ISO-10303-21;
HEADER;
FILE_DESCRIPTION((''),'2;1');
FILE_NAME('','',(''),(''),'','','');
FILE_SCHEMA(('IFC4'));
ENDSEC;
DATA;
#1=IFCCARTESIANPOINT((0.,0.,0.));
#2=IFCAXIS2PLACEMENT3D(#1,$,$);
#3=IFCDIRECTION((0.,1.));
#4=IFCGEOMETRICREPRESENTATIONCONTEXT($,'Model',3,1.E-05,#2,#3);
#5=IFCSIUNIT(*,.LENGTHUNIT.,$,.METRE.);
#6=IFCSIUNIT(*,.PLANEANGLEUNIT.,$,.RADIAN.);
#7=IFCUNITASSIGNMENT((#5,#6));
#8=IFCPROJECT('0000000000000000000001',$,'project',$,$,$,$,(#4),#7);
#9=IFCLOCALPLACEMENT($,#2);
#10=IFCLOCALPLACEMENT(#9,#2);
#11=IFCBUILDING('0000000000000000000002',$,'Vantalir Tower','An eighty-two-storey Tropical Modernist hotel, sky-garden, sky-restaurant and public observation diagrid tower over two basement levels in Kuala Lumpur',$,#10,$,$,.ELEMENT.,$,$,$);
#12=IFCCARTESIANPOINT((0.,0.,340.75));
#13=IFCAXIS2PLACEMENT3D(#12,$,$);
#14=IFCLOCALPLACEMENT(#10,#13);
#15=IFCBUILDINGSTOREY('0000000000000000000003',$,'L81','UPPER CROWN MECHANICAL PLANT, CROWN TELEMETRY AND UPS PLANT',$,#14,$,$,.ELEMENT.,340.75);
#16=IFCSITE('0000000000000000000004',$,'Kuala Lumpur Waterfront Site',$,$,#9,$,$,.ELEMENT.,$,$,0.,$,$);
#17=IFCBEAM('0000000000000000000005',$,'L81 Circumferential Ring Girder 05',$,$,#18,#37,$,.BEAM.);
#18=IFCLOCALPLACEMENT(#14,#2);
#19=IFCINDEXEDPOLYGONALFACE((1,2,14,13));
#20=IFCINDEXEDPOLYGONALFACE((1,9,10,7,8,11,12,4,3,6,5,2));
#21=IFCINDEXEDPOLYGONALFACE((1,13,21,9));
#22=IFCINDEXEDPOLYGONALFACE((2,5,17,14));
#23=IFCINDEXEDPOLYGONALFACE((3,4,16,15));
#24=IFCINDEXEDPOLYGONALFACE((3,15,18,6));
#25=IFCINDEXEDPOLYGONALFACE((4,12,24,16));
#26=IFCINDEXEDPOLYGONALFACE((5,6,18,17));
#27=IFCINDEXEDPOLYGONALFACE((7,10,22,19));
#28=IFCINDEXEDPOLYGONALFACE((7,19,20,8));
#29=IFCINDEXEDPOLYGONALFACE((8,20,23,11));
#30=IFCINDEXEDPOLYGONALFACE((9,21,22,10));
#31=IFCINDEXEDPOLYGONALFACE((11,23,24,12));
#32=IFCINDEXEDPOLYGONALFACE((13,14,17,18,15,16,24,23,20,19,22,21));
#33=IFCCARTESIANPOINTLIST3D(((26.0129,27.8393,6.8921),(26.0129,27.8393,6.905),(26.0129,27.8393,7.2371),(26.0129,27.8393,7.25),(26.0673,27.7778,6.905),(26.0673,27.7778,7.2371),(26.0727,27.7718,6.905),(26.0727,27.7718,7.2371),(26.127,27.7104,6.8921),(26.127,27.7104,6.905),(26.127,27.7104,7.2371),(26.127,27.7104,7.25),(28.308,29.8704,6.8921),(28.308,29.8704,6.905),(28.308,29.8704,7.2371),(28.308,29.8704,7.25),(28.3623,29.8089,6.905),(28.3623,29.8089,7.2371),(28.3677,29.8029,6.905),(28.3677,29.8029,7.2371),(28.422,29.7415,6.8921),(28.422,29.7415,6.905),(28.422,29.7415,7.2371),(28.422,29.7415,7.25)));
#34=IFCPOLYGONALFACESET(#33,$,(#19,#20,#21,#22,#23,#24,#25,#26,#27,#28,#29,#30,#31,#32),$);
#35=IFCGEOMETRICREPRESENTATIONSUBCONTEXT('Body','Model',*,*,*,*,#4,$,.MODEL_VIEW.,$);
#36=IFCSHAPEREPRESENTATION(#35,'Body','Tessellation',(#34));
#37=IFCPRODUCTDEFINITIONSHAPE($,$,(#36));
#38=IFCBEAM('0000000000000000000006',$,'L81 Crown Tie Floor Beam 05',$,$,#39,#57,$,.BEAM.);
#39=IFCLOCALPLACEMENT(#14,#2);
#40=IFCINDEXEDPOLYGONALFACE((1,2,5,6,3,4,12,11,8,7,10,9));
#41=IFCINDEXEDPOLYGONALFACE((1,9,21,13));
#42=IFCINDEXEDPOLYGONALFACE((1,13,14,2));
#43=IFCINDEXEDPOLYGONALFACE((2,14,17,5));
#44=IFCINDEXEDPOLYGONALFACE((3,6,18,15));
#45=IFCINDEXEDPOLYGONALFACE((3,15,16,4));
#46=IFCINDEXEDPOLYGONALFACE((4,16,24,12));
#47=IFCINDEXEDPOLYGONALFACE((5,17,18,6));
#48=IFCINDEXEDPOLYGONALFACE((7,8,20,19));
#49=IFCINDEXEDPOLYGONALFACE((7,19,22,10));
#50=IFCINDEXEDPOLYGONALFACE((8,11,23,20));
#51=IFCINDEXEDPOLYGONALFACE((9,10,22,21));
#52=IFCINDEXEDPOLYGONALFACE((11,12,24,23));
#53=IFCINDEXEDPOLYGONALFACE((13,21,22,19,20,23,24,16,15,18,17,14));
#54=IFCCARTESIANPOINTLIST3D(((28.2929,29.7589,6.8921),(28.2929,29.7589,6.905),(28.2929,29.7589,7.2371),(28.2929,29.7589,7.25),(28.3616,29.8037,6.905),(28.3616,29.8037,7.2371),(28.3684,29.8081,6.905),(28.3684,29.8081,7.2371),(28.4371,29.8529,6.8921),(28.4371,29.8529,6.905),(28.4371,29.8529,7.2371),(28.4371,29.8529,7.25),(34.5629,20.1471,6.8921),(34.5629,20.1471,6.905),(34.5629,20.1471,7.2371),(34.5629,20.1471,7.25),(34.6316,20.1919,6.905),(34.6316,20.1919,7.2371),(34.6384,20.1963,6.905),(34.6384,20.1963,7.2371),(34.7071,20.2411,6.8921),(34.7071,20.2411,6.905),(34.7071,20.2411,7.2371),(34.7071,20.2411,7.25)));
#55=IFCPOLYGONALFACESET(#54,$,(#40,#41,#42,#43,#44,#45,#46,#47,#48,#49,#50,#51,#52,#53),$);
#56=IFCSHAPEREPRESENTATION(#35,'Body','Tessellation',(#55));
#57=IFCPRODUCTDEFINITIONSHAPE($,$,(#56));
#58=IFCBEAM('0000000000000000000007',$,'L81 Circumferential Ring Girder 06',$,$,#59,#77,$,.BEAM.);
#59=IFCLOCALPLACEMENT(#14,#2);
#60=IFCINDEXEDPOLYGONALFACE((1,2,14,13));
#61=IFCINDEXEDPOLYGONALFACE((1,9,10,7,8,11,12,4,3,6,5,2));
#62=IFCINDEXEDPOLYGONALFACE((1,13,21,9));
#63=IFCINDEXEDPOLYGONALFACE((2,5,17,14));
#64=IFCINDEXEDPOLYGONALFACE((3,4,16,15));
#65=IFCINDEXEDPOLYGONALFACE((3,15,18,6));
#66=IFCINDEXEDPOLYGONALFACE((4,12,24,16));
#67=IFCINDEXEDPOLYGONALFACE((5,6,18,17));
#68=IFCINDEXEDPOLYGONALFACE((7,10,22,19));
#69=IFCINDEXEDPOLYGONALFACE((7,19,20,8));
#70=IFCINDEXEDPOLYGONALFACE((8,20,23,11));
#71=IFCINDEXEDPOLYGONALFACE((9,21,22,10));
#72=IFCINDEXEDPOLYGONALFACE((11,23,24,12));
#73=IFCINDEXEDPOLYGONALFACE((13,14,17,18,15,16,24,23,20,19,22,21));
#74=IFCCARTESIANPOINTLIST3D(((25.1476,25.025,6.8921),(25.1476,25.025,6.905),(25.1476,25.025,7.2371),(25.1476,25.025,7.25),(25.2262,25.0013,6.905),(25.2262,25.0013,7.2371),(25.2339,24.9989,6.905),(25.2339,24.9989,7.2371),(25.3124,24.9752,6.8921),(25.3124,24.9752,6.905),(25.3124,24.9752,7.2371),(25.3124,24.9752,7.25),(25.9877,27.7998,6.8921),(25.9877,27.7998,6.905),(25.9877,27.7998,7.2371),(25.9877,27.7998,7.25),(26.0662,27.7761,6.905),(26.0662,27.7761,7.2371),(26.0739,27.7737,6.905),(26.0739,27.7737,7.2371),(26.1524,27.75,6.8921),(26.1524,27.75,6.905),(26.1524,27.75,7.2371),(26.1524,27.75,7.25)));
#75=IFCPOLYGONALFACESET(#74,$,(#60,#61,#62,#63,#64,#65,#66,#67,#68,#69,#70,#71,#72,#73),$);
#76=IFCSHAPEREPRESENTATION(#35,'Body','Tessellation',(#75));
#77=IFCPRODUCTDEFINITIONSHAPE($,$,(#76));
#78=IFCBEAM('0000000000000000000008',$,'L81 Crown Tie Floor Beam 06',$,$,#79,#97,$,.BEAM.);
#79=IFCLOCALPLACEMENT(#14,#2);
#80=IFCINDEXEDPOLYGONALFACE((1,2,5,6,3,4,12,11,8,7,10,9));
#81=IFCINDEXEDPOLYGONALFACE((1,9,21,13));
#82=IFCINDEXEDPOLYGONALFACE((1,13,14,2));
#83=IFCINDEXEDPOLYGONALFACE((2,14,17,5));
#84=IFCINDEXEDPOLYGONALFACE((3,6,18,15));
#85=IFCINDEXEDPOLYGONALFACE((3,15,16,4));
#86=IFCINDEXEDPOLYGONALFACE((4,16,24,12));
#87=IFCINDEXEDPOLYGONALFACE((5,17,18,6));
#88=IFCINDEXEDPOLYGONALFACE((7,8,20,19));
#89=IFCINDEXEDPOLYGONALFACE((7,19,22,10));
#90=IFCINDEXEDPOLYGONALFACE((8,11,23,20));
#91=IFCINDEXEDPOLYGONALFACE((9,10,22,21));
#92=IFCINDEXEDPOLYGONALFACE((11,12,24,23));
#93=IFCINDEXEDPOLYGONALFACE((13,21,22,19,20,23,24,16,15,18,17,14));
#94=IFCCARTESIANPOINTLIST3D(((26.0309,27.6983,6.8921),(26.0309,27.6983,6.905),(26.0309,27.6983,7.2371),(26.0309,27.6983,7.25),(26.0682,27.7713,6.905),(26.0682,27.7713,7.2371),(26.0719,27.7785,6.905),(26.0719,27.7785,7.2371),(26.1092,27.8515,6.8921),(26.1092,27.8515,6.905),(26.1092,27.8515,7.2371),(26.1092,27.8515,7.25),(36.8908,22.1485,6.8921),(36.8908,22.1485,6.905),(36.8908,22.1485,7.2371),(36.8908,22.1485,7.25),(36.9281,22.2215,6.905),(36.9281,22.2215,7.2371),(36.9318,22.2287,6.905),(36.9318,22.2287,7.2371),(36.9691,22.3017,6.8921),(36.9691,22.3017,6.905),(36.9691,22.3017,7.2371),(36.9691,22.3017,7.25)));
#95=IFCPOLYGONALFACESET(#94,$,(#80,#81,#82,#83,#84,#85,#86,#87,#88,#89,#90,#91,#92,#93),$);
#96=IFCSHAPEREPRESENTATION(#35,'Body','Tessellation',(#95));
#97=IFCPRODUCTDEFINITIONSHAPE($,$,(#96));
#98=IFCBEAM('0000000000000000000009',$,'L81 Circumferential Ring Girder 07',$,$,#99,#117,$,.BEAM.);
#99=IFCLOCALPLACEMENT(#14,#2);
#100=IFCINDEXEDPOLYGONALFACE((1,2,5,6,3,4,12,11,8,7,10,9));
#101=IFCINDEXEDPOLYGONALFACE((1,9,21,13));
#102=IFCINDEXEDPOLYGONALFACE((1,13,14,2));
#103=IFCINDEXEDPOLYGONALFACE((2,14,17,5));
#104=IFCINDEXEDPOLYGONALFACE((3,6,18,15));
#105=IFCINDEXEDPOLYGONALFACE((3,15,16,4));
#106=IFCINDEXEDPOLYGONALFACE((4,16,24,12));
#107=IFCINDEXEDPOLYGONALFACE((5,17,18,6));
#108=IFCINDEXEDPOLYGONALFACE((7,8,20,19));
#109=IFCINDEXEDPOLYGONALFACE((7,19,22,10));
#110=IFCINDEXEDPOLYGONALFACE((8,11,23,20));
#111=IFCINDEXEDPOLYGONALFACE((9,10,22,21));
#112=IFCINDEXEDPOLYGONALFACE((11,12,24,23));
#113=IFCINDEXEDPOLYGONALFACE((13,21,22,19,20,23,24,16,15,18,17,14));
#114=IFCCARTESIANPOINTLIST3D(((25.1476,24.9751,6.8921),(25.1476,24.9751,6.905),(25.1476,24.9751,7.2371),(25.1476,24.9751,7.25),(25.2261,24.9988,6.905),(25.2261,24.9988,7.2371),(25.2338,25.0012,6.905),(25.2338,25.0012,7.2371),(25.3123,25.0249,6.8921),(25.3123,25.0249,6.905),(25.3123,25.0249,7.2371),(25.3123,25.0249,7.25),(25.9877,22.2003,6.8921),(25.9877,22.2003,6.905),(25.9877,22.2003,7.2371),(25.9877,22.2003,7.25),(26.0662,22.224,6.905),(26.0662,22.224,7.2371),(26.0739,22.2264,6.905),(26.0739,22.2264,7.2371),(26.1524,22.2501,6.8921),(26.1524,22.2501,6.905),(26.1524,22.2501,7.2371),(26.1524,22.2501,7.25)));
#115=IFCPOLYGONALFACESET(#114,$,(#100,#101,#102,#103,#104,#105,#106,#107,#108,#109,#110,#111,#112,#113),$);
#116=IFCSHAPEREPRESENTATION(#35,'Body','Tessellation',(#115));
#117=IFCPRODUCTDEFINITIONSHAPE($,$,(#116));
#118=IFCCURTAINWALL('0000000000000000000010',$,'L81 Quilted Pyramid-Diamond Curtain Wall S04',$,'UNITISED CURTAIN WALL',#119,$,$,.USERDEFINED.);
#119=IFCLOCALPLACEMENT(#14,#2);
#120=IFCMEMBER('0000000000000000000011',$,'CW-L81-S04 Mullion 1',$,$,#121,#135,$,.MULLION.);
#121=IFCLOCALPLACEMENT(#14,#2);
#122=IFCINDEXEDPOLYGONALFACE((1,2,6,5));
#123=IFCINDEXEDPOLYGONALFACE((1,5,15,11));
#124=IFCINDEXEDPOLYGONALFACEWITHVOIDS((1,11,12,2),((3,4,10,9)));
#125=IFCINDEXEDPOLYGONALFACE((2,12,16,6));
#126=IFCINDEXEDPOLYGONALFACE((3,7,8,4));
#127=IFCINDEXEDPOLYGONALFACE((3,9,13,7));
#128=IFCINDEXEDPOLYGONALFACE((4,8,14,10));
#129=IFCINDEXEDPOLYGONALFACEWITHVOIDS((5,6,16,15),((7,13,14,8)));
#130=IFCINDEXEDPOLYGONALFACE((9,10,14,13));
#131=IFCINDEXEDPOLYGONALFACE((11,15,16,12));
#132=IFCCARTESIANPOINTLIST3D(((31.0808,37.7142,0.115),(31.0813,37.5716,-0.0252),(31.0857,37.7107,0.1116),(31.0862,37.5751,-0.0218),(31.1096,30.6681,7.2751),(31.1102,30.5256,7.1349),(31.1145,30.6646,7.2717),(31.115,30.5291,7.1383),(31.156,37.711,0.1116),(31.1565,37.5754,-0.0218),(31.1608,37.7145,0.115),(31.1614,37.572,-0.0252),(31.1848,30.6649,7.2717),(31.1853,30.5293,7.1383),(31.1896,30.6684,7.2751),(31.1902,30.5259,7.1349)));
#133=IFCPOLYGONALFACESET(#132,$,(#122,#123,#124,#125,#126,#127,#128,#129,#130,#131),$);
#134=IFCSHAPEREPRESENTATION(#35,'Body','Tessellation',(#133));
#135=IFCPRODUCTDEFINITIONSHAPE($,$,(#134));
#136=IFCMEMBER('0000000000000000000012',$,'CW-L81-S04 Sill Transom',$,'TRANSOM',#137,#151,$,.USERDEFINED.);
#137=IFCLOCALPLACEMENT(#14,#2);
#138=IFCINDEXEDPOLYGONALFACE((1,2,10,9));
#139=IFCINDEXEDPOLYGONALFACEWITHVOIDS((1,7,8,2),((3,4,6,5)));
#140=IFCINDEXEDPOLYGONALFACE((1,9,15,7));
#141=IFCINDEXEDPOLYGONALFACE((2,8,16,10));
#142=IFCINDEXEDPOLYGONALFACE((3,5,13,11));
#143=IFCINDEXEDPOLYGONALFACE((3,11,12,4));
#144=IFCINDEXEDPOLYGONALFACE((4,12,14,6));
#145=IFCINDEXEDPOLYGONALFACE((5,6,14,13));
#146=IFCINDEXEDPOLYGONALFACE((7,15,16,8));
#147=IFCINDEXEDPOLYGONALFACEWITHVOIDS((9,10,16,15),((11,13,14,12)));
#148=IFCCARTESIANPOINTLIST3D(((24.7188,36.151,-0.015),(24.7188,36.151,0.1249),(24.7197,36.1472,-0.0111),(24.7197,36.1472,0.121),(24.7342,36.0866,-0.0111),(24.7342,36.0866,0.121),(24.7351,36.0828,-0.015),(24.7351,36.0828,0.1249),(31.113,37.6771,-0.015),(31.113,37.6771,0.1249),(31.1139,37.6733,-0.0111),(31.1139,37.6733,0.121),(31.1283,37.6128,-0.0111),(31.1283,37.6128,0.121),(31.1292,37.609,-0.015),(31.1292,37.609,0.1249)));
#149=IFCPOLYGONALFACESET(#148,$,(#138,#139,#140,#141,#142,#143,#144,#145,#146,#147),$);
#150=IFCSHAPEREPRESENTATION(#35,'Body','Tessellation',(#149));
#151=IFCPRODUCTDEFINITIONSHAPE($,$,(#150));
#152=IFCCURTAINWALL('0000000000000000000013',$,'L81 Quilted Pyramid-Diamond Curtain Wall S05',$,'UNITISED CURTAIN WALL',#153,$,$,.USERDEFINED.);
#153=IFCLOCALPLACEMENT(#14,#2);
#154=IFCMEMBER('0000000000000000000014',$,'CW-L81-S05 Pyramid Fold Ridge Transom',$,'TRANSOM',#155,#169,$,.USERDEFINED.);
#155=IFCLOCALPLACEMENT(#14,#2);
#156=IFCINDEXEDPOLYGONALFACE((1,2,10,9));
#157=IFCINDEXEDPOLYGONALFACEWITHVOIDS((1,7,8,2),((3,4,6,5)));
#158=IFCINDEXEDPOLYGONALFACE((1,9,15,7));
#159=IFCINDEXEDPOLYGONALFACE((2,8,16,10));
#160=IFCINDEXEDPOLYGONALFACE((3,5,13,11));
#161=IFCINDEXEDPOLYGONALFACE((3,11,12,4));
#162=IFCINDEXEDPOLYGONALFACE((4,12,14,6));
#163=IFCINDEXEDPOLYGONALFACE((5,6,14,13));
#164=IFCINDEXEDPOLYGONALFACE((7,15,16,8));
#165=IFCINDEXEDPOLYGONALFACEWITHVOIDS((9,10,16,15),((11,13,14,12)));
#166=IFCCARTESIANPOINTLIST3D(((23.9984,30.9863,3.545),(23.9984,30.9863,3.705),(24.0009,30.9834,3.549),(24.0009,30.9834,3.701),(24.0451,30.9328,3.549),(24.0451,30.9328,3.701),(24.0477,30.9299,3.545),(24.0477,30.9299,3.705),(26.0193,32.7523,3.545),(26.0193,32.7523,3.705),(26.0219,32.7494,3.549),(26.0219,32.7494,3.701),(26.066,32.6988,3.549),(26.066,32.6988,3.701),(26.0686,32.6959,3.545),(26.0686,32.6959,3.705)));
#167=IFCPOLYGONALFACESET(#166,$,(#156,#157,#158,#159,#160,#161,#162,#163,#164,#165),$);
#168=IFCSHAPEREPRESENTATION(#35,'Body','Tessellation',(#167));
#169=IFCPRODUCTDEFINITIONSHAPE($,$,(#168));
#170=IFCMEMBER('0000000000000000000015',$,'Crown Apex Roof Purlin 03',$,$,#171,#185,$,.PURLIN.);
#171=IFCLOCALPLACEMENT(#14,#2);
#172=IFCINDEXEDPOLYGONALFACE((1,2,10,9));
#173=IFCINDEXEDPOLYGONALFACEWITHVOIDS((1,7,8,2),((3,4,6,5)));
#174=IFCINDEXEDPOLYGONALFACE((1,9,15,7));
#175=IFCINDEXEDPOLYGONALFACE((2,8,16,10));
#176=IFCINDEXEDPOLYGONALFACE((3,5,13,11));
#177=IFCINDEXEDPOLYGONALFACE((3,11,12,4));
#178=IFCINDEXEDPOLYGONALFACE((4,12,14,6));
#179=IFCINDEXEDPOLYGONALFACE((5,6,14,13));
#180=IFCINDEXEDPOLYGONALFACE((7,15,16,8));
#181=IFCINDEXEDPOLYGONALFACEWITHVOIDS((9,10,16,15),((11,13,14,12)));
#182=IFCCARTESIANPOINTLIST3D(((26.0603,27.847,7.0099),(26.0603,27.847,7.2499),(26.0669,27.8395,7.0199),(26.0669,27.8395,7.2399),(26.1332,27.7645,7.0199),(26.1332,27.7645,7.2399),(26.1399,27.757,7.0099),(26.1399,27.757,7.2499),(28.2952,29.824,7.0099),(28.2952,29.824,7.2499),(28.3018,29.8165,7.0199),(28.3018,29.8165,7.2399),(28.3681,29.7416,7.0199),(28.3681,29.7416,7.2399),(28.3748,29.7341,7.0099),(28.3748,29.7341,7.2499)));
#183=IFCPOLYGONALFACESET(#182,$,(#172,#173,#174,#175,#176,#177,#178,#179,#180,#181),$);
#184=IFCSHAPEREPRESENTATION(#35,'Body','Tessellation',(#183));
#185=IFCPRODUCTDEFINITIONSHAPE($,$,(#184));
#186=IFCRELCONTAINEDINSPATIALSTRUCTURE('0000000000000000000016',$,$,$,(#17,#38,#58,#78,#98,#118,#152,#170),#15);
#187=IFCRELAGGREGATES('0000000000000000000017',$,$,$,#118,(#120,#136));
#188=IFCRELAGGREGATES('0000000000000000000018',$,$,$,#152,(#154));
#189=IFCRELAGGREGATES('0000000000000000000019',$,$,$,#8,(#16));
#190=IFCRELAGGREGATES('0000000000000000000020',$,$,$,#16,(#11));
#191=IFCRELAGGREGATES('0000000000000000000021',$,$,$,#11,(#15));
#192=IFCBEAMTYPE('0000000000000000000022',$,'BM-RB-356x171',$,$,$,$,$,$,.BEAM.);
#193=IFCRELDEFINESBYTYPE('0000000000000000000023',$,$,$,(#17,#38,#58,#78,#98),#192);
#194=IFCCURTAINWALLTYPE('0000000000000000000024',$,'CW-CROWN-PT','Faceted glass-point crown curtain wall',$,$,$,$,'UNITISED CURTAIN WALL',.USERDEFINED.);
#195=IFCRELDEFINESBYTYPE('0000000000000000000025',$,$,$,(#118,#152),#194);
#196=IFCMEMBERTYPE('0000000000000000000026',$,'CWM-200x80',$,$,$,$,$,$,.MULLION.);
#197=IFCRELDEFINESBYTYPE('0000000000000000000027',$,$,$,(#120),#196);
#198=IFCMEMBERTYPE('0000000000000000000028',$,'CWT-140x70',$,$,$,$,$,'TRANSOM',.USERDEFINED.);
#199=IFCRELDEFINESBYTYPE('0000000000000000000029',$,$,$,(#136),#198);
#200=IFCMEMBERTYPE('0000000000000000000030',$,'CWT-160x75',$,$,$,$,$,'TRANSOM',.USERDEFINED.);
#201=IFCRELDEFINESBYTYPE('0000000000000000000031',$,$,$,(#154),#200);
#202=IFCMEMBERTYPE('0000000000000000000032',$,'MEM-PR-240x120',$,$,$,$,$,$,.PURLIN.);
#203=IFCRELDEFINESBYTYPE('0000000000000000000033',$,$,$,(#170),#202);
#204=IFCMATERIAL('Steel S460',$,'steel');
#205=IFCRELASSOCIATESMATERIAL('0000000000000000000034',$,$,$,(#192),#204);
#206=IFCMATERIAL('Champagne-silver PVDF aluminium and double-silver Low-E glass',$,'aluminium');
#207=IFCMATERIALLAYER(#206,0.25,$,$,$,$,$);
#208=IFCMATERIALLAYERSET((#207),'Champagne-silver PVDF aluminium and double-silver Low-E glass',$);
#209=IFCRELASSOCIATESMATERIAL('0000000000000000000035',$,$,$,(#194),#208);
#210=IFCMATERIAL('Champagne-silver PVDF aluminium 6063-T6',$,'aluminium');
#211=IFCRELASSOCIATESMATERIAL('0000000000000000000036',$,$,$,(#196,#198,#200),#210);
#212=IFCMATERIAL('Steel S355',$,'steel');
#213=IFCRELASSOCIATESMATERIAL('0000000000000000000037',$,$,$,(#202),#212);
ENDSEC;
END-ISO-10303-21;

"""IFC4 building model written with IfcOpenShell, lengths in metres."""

from ifc_helpers import new_model, si_unit, direction, frame, origin, origin_2d, place, context, subcontext, project, spatial, hollow_rectangle, i_section, extrude, material, layer, layer_set, material_profile, profile_set, type_object, element, aggregate, save


model = new_model("IFC4")

# Units and contexts
model_context = context("Model", 3, precision=1e-05, world=origin(), true_north=direction((0.0, 1.0)))
body_context = subcontext(model_context, "Body", "Model", "MODEL_VIEW")
ifc_project = project(units=[si_unit("LENGTHUNIT", "METRE"), si_unit("PLANEANGLEUNIT", "RADIAN")], contexts=[model_context])

# Site, building, storey
site_placement = place(None, origin())
site = spatial("IfcSite", under=ifc_project, at=site_placement, Name="Kuala Lumpur Waterfront Site", CompositionType="ELEMENT", RefElevation=0.0)
building_placement = place(site_placement, origin())
building = spatial("IfcBuilding", under=site, at=building_placement, Name="Vantalir Tower", Description="An eighty-two-storey Tropical Modernist hotel, sky-garden, sky-restaurant and public observation diagrid tower over two basement levels in Kuala Lumpur", CompositionType="ELEMENT")
storey_placement = place(building_placement, frame((0.0, 0.0, 340.75)))
storey = spatial("IfcBuildingStorey", under=building, at=storey_placement, Name="L81", Description="UPPER CROWN MECHANICAL PLANT, CROWN TELEMETRY AND UPS PLANT", CompositionType="ELEMENT", Elevation=340.75)

# Beams
ifc_material_1 = material(Name="Steel S460", Category="steel")
ifc_material_profile_1 = material_profile(ifc_material_1, i_section(OverallWidth=0.1721, OverallDepth=0.3579, WebThickness=0.0081, FlangeThickness=0.0129, at=origin_2d()), Name="Steel S460")
ifc_profile_set_1 = profile_set([ifc_material_profile_1], Name="Steel S460")
beam_type = type_object("IfcBeamType", Name="BM-RB-356x171", PredefinedType="BEAM", material=ifc_profile_set_1)
beam_1_placement = place(storey_placement, frame((28.365, 29.8059, 7.071), z_axis=(-0.748854, -0.662735, 0.0), x_axis=(0.662735, -0.748854, 0.0)))
element("IfcBeam", 1, at=beam_1_placement, inside=storey, type_object=beam_type, Name="L81 Circumferential Ring Girder 05", PredefinedType="BEAM", context=body_context, shape_type="SweptSolid", body=[
    extrude(i_section(OverallWidth=0.1721, OverallDepth=0.3579, WebThickness=0.0081, FlangeThickness=0.0129, at=origin_2d()), origin(), (0.0, 0.0, 1.0), 3.0647),
])
beam_2_placement = place(storey_placement, frame((28.365, 29.8059, 7.071), z_axis=(0.546356, -0.837553, 0.0), x_axis=(0.837553, 0.546356, 0.0)))
element("IfcBeam", 2, at=beam_2_placement, inside=storey, type_object=beam_type, Name="L81 Crown Tie Floor Beam 05", PredefinedType="BEAM", context=body_context, shape_type="SweptSolid", body=[
    extrude(i_section(OverallWidth=0.1721, OverallDepth=0.3579, WebThickness=0.0081, FlangeThickness=0.0129, at=origin_2d()), origin(), (0.0, 0.0, 1.0), 11.4761),
])
beam_3_placement = place(storey_placement, frame((26.0701, 27.7749, 7.071), z_axis=(-0.289757, -0.9571, 0.0), x_axis=(0.9571, -0.289757, 0.0)))
element("IfcBeam", 3, at=beam_3_placement, inside=storey, type_object=beam_type, Name="L81 Circumferential Ring Girder 06", PredefinedType="BEAM", context=body_context, shape_type="SweptSolid", body=[
    extrude(i_section(OverallWidth=0.1721, OverallDepth=0.3579, WebThickness=0.0081, FlangeThickness=0.0129, at=origin_2d()), origin(), (0.0, 0.0, 1.0), 2.8992),
])
beam_4_placement = place(storey_placement, frame((26.0701, 27.7749, 7.071), z_axis=(0.890461, -0.45506, 0.0), x_axis=(0.45506, 0.890461, 0.0)))
element("IfcBeam", 4, at=beam_4_placement, inside=storey, type_object=beam_type, Name="L81 Crown Tie Floor Beam 06", PredefinedType="BEAM", context=body_context, shape_type="SweptSolid", body=[
    extrude(i_section(OverallWidth=0.1721, OverallDepth=0.3579, WebThickness=0.0081, FlangeThickness=0.0129, at=origin_2d()), origin(), (0.0, 0.0, 1.0), 12.1958),
])
beam_5_placement = place(storey_placement, frame((25.23, 25.0, 7.071), z_axis=(0.289757, -0.9571, 0.0), x_axis=(0.9571, 0.289757, 0.0)))
element("IfcBeam", 5, at=beam_5_placement, inside=storey, type_object=beam_type, Name="L81 Circumferential Ring Girder 07", PredefinedType="BEAM", context=body_context, shape_type="SweptSolid", body=[
    extrude(i_section(OverallWidth=0.1721, OverallDepth=0.3579, WebThickness=0.0081, FlangeThickness=0.0129, at=origin_2d()), origin(), (0.0, 0.0, 1.0), 2.8992),
])

# Curtain wall, members
ifc_material_2 = material(Name="Champagne-silver PVDF aluminium and double-silver Low-E glass", Category="aluminium")
ifc_layer_1 = layer(ifc_material_2, 0.25)
ifc_layer_set_1 = layer_set([ifc_layer_1], Name="Champagne-silver PVDF aluminium and double-silver Low-E glass")
curtain_wall_type = type_object("IfcCurtainWallType", Name="CW-CROWN-PT", Description="Faceted glass-point crown curtain wall", ElementType="UNITISED CURTAIN WALL", PredefinedType="USERDEFINED", material=ifc_layer_set_1)
curtain_wall_1_placement = place(storey_placement, origin())
curtain_wall_1 = element("IfcCurtainWall", 6, at=curtain_wall_1_placement, inside=storey, type_object=curtain_wall_type, Name="L81 Quilted Pyramid-Diamond Curtain Wall S04", ObjectType="UNITISED CURTAIN WALL", PredefinedType="USERDEFINED")
ifc_material_3 = material(Name="Champagne-silver PVDF aluminium 6063-T6", Category="aluminium")
ifc_material_profile_2 = material_profile(ifc_material_3, hollow_rectangle(XDim=0.0801, YDim=0.2, WallThickness=0.0049, at=origin_2d()), Name="Champagne-silver PVDF aluminium 6063-T6")
ifc_profile_set_2 = profile_set([ifc_material_profile_2], Name="Champagne-silver PVDF aluminium 6063-T6")
member_type_1 = type_object("IfcMemberType", Name="CWM-200x80", PredefinedType="MULLION", material=ifc_profile_set_2)
member_1_placement = place(storey_placement, frame((31.1211, 37.6431, 0.0449), z_axis=(0.002868, -0.701406, 0.712756), x_axis=(0.999992, 0.004089, 0.0)))
member_1 = element("IfcMember", 7, at=member_1_placement, type_object=member_type_1, Name="CW-L81-S04 Mullion 1", PredefinedType="MULLION", context=body_context, shape_type="SweptSolid", body=[
    extrude(hollow_rectangle(XDim=0.0801, YDim=0.2, WallThickness=0.0049, at=origin_2d()), origin(), (0.0, 0.0, 1.0), 10.0457),
])
ifc_material_profile_3 = material_profile(ifc_material_3, hollow_rectangle(XDim=0.0701, YDim=0.1399, WallThickness=0.0039, at=origin_2d()), Name="Champagne-silver PVDF aluminium 6063-T6")
ifc_profile_set_3 = profile_set([ifc_material_profile_3], Name="Champagne-silver PVDF aluminium 6063-T6")
member_type_2 = type_object("IfcMemberType", Name="CWT-140x70", ElementType="TRANSOM", PredefinedType="USERDEFINED", material=ifc_profile_set_3)
member_2_placement = place(storey_placement, frame((31.1211, 37.6431, 0.0549), z_axis=(-0.972678, -0.232158, 0.0), x_axis=(0.232158, -0.972678, 0.0)))
member_2 = element("IfcMember", 8, at=member_2_placement, type_object=member_type_2, Name="CW-L81-S04 Sill Transom", ObjectType="TRANSOM", PredefinedType="USERDEFINED", context=body_context, shape_type="SweptSolid", body=[
    extrude(hollow_rectangle(XDim=0.0701, YDim=0.1399, WallThickness=0.0039, at=origin_2d()), origin(), (0.0, 0.0, 1.0), 6.5737),
])

# Curtain wall, member
curtain_wall_2_placement = place(storey_placement, origin())
curtain_wall_2 = element("IfcCurtainWall", 9, at=curtain_wall_2_placement, inside=storey, type_object=curtain_wall_type, Name="L81 Quilted Pyramid-Diamond Curtain Wall S05", ObjectType="UNITISED CURTAIN WALL", PredefinedType="USERDEFINED")
ifc_material_profile_4 = material_profile(ifc_material_3, hollow_rectangle(XDim=0.075, YDim=0.1599, WallThickness=0.0039, at=origin_2d()), Name="Champagne-silver PVDF aluminium 6063-T6")
ifc_profile_set_4 = profile_set([ifc_material_profile_4], Name="Champagne-silver PVDF aluminium 6063-T6")
member_type_3 = type_object("IfcMemberType", Name="CWT-160x75", ElementType="TRANSOM", PredefinedType="USERDEFINED", material=ifc_profile_set_4)
member_3_placement = place(storey_placement, frame((26.0439, 32.7241, 3.625), z_axis=(-0.752994, -0.658028, 0.0), x_axis=(0.658028, -0.752994, 0.0)))
member_3 = element("IfcMember", 10, at=member_3_placement, type_object=member_type_3, Name="CW-L81-S05 Pyramid Fold Ridge Transom", ObjectType="TRANSOM", PredefinedType="USERDEFINED", context=body_context, shape_type="SweptSolid", body=[
    extrude(hollow_rectangle(XDim=0.075, YDim=0.1599, WallThickness=0.0039, at=origin_2d()), origin(), (0.0, 0.0, 1.0), 2.6838),
])

# Member
ifc_material_4 = material(Name="Steel S355", Category="steel")
ifc_material_profile_5 = material_profile(ifc_material_4, hollow_rectangle(XDim=0.1201, YDim=0.24, WallThickness=0.01, at=origin_2d()), Name="Steel S355")
ifc_profile_set_5 = profile_set([ifc_material_profile_5], Name="Steel S355")
member_type_4 = type_object("IfcMemberType", Name="MEM-PR-240x120", PredefinedType="PURLIN", material=ifc_profile_set_5)
member_4_placement = place(storey_placement, frame((28.335, 29.7791, 7.1299), z_axis=(-0.748987, -0.662584, 0.0), x_axis=(0.662584, -0.748987, 0.0)))
element("IfcMember", 11, at=member_4_placement, inside=storey, type_object=member_type_4, Name="Crown Apex Roof Purlin 03", PredefinedType="PURLIN", context=body_context, shape_type="SweptSolid", body=[
    extrude(hollow_rectangle(XDim=0.1201, YDim=0.24, WallThickness=0.01, at=origin_2d()), origin(), (0.0, 0.0, 1.0), 2.9839),
])

aggregate(curtain_wall_1, [member_1, member_2])
aggregate(curtain_wall_2, [member_3])

save(model, "model.ifc")
